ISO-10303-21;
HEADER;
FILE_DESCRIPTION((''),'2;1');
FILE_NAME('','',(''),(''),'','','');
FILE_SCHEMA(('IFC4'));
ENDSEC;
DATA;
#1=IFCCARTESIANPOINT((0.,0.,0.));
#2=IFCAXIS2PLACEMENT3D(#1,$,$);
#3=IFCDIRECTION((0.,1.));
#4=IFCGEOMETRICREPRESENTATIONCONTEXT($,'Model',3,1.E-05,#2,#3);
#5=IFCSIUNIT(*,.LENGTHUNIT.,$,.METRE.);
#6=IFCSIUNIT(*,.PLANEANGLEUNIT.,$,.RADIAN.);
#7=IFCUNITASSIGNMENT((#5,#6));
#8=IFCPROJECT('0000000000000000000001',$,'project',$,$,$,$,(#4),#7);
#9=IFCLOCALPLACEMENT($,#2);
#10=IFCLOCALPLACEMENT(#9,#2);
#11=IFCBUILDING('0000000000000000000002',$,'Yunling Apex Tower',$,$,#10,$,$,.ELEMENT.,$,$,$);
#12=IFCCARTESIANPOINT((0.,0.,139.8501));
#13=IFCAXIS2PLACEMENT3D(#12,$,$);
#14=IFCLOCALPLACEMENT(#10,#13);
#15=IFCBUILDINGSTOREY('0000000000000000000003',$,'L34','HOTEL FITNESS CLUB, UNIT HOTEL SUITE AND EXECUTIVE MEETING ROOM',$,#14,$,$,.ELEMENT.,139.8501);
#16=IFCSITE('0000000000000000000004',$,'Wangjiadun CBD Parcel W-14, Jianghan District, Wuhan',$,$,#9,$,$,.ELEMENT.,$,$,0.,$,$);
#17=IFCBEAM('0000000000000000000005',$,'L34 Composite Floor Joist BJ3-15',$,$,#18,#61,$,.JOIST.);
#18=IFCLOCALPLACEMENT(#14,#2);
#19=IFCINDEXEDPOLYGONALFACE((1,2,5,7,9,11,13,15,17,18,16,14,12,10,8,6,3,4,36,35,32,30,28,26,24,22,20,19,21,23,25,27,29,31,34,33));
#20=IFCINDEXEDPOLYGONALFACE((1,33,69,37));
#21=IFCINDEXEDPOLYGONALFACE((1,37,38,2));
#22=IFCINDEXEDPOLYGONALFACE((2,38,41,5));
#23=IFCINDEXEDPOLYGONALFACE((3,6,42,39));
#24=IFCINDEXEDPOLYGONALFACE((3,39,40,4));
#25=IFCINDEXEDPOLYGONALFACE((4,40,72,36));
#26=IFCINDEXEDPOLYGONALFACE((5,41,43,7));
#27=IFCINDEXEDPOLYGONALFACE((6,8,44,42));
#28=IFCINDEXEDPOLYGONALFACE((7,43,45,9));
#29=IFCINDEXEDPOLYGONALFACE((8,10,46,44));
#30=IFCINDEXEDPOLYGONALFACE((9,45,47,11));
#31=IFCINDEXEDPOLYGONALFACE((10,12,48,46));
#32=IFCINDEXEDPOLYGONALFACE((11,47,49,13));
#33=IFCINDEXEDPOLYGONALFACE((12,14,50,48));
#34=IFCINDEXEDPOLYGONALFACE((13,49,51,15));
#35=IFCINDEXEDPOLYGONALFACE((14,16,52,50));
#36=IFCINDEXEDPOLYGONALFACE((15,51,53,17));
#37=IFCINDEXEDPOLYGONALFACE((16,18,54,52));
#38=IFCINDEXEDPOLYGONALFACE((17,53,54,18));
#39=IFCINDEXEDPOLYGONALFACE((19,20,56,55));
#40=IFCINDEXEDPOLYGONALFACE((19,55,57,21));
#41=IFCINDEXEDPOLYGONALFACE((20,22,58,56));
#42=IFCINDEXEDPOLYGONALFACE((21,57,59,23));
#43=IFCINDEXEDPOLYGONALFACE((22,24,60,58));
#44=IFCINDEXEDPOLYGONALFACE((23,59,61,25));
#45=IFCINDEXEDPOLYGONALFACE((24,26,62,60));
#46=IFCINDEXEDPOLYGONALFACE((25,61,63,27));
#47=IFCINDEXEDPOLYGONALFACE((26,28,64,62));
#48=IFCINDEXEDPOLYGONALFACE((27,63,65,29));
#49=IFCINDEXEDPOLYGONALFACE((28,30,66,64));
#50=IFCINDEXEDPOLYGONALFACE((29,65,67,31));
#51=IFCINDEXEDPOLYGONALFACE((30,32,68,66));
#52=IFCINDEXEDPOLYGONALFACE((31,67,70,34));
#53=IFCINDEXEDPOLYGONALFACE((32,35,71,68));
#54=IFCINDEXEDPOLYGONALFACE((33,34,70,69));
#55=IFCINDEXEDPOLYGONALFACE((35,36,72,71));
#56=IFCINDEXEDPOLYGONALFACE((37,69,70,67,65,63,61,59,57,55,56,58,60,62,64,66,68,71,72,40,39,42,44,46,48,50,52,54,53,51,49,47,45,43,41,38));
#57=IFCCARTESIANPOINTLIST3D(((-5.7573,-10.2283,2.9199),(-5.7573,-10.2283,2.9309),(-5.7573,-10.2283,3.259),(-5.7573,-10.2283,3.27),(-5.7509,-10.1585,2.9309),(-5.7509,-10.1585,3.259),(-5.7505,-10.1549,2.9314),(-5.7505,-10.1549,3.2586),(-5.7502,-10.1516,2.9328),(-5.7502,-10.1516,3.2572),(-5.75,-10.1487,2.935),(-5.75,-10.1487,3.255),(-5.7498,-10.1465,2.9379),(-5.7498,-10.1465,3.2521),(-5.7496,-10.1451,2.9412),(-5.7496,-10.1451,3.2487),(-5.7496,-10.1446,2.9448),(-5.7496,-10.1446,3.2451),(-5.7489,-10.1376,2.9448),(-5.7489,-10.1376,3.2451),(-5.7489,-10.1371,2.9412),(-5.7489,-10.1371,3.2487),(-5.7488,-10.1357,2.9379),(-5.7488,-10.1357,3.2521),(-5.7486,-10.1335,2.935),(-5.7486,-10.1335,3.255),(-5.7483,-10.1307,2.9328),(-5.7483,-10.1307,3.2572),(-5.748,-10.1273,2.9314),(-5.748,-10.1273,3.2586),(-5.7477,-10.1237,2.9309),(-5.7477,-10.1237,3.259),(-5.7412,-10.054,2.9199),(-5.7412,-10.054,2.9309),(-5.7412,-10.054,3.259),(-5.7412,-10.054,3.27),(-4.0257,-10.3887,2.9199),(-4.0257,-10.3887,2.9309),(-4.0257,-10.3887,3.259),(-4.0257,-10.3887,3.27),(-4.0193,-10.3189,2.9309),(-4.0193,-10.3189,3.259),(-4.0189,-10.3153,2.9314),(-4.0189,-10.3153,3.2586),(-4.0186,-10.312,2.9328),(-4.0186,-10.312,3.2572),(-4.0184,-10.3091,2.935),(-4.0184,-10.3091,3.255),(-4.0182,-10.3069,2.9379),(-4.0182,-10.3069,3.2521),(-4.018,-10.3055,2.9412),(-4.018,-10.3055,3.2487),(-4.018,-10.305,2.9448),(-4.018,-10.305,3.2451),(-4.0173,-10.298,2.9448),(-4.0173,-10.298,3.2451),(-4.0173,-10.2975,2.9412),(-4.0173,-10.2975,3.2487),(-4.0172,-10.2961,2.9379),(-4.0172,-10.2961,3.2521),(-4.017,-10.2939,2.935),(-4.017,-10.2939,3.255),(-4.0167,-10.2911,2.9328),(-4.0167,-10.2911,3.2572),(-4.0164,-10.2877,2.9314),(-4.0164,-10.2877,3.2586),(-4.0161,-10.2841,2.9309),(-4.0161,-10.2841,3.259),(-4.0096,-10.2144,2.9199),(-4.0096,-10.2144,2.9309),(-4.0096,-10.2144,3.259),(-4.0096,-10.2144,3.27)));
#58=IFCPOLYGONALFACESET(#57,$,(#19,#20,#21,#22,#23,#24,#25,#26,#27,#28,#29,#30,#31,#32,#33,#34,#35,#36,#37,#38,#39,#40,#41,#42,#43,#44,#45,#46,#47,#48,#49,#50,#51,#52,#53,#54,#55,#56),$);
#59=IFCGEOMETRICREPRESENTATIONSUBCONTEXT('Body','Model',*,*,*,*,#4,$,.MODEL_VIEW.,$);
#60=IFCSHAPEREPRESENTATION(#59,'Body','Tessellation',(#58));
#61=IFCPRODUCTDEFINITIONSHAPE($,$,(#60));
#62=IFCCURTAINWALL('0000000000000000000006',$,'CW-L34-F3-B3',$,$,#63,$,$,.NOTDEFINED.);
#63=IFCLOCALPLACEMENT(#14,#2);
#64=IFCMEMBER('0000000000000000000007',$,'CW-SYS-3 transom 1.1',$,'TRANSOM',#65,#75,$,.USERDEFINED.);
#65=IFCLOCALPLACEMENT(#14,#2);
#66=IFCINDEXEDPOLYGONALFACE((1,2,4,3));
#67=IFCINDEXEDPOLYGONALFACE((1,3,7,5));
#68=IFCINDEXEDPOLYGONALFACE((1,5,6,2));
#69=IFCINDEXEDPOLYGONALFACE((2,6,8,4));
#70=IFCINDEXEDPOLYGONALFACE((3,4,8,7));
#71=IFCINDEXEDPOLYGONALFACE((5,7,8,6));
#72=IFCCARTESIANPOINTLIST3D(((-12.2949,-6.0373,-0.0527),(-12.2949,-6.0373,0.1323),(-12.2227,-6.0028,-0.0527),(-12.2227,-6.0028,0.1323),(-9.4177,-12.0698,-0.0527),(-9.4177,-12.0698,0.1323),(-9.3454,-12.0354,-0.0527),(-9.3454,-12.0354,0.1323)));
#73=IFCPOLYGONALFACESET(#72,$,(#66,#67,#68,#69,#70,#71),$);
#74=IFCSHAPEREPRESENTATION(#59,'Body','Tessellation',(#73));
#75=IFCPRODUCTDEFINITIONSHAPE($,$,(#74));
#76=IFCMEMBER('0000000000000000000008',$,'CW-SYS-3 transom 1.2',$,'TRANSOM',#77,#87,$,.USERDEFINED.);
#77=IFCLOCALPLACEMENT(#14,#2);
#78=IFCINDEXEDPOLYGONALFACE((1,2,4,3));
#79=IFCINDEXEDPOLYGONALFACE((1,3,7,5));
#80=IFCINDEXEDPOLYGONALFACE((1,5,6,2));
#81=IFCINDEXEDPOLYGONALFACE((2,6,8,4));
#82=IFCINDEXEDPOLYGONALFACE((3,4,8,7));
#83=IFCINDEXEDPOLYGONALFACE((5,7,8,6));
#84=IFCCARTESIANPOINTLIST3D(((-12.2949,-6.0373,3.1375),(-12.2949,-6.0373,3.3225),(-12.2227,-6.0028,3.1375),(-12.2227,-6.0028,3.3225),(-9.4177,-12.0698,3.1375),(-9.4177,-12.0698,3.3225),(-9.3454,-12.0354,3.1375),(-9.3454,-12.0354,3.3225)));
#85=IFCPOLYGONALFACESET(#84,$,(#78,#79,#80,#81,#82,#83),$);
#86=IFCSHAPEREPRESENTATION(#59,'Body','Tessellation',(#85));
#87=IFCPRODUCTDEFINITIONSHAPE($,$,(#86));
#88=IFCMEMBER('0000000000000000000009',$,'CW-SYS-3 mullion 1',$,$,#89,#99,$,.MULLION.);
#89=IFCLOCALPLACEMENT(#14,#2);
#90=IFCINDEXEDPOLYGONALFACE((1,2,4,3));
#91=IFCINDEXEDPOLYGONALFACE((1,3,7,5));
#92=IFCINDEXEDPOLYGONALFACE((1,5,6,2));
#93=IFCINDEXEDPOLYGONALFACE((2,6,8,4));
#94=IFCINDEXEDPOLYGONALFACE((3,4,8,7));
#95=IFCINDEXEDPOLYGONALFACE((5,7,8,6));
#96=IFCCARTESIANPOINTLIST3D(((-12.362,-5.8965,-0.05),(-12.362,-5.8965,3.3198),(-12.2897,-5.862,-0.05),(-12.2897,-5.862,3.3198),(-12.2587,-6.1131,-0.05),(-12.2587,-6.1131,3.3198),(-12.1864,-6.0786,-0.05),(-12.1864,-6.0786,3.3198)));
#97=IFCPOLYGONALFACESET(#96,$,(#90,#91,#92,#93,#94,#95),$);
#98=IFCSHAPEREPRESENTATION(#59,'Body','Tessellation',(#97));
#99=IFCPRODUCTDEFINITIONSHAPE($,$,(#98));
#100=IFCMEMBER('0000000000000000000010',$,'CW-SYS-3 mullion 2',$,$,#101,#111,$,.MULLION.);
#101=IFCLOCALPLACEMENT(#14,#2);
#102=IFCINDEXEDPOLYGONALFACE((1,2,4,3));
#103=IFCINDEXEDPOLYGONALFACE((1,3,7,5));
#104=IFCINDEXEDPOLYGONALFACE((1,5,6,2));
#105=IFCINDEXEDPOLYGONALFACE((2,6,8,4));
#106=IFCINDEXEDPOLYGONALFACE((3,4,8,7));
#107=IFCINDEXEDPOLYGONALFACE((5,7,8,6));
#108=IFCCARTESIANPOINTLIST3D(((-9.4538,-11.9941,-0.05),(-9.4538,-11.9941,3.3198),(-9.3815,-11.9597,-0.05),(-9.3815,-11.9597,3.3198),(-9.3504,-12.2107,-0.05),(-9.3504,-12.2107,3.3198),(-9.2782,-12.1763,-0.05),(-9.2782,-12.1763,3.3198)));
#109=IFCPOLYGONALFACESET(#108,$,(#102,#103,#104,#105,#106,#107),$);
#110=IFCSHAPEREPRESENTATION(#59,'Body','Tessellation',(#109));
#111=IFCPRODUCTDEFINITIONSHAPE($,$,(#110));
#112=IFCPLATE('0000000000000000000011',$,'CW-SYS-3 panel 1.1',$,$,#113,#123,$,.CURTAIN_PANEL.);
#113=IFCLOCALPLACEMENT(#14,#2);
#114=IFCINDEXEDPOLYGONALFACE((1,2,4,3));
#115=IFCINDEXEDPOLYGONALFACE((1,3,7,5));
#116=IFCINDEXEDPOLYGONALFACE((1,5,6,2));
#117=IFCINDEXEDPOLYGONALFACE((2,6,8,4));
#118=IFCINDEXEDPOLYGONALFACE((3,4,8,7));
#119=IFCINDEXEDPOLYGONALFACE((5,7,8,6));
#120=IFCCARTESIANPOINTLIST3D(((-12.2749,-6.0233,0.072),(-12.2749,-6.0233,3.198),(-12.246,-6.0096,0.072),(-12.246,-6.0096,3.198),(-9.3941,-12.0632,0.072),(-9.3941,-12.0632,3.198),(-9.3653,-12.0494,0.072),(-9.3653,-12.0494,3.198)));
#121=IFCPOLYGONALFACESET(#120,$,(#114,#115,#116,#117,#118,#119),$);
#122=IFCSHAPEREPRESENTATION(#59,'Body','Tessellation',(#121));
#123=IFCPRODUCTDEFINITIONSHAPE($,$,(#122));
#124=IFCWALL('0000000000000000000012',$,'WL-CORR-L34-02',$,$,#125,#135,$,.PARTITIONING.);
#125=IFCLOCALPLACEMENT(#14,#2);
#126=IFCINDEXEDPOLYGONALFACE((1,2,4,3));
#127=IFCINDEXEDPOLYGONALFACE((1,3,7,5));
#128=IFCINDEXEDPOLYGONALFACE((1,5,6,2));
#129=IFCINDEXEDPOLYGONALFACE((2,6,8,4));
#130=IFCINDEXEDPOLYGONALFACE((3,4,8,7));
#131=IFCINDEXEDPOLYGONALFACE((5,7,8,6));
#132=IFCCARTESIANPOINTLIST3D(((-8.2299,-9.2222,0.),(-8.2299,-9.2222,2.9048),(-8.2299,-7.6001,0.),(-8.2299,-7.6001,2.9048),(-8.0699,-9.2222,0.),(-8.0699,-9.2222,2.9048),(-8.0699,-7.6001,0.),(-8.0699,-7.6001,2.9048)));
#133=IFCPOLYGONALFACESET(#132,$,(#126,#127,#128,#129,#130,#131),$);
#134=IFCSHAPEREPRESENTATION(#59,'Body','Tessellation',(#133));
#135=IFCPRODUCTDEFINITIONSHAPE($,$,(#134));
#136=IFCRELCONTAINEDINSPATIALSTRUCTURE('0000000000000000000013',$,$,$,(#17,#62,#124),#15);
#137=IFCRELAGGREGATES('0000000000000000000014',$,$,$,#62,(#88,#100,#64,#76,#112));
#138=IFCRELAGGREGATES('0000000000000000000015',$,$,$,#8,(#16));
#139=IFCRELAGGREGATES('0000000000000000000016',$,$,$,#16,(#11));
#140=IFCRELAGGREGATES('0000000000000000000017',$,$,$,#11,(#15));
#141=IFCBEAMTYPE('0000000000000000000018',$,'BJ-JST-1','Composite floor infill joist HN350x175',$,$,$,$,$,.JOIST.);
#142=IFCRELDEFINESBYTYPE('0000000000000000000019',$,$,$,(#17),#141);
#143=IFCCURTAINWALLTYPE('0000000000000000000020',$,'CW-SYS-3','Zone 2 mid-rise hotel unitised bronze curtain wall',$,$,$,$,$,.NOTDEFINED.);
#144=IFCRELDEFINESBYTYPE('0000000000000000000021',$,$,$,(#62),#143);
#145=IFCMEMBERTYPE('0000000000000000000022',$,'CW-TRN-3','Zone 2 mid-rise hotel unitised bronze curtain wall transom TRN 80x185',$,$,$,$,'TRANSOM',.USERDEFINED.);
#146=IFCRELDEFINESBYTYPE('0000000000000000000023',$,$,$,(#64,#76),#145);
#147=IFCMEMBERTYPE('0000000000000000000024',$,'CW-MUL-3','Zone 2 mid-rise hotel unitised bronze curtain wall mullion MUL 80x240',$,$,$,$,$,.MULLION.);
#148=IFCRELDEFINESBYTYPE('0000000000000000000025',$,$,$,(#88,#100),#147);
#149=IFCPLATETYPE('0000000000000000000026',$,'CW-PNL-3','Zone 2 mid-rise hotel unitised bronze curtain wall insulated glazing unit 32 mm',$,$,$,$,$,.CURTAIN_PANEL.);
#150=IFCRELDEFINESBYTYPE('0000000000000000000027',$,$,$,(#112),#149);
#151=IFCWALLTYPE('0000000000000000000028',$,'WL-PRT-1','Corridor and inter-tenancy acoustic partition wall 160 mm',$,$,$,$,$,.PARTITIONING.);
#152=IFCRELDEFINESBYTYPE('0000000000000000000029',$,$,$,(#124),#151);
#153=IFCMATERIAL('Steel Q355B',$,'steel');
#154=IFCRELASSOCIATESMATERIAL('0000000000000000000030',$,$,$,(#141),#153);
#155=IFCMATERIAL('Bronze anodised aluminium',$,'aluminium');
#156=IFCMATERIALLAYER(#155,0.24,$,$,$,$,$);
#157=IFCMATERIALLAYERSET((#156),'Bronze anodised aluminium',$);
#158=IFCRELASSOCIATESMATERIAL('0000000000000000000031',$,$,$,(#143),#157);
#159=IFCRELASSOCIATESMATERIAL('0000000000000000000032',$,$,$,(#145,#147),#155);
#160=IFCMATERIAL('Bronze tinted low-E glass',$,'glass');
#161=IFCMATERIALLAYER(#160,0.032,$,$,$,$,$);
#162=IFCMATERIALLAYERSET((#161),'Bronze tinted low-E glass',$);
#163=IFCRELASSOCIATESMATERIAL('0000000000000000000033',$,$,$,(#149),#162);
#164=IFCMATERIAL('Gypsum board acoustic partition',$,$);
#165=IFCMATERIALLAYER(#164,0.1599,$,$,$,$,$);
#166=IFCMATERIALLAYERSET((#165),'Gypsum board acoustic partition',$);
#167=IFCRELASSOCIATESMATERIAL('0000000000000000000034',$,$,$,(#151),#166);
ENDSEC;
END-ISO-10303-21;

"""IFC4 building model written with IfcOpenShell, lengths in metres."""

from ifc_helpers import new_model, si_unit, direction, frame, frame_2d, origin, origin_2d, place, context, subcontext, project, spatial, rectangle, i_section, extrude, source, transform, mapped, material, layer, layer_set, material_profile, profile_set, type_object, element, aggregate, save


model = new_model("IFC4")

# Units and contexts
model_context = context("Model", 3, precision=1e-05, world=origin(), true_north=direction((0.0, 1.0)))
body_context = subcontext(model_context, "Body", "Model", "MODEL_VIEW")
ifc_project = project(units=[si_unit("LENGTHUNIT", "METRE"), si_unit("PLANEANGLEUNIT", "RADIAN")], contexts=[model_context])

# Site, building, storey
site_placement = place(None, origin())
site = spatial("IfcSite", under=ifc_project, at=site_placement, Name="Wangjiadun CBD Parcel W-14, Jianghan District, Wuhan", CompositionType="ELEMENT", RefElevation=0.0)
building_placement = place(site_placement, origin())
building = spatial("IfcBuilding", under=site, at=building_placement, Name="Yunling Apex Tower", CompositionType="ELEMENT")
storey_placement = place(building_placement, frame((0.0, 0.0, 139.8501)))
storey = spatial("IfcBuildingStorey", under=building, at=storey_placement, Name="L34", Description="HOTEL FITNESS CLUB, UNIT HOTEL SUITE AND EXECUTIVE MEETING ROOM", CompositionType="ELEMENT", Elevation=139.8501)

# Beam
ifc_material_1 = material(Name="Steel Q355B", Category="steel")
ifc_material_profile_1 = material_profile(ifc_material_1, i_section(OverallWidth=0.175, OverallDepth=0.3501, WebThickness=0.0071, FlangeThickness=0.011, FilletRadius=0.0139, at=origin_2d()))
ifc_profile_set_1 = profile_set([ifc_material_profile_1], Name="Steel Q355B")
beam_type_1 = type_object("IfcBeamType", Name="BJ-JST-1", Description="Composite floor infill joist HN350x175", PredefinedType="JOIST", material=ifc_profile_set_1)
shared_shape_1 = source(origin(), body_context, "Body", "SweptSolid", [
    extrude(i_section(OverallWidth=0.175, OverallDepth=0.3501, WebThickness=0.0071, FlangeThickness=0.011, FilletRadius=0.0139, at=origin_2d()), origin(), (0.0, 0.0, 1.0), 1.739),
])
beam_1_placement = place(storey_placement, frame((-5.7493, -10.1411, 3.095), z_axis=(0.995738, -0.092232, 0.0), x_axis=(0.092232, 0.995738, 0.0)))
element("IfcBeam", 1, at=beam_1_placement, inside=storey, type_object=beam_type_1, Name="L34 Composite Floor Joist BJ3-15", PredefinedType="JOIST", context=body_context, shape_type="MappedRepresentation", body=[
    mapped(shared_shape_1, transform((0.0, 0.0, 0.0), scale=1.0)),
])

# Curtain wall, members, plate
ifc_material_2 = material(Name="Bronze anodised aluminium", Category="aluminium")
ifc_layer_1 = layer(ifc_material_2, 0.24)
ifc_layer_set_1 = layer_set([ifc_layer_1], Name="Bronze anodised aluminium")
curtain_wall_type = type_object("IfcCurtainWallType", Name="CW-SYS-3", Description="Zone 2 mid-rise hotel unitised bronze curtain wall", PredefinedType="NOTDEFINED", material=ifc_layer_set_1)
curtain_wall_placement = place(storey_placement, origin())
curtain_wall = element("IfcCurtainWall", 2, at=curtain_wall_placement, inside=storey, type_object=curtain_wall_type, Name="CW-L34-F3-B3", PredefinedType="NOTDEFINED")
ifc_material_profile_2 = material_profile(ifc_material_2, rectangle(XDim=0.0801, YDim=0.1851, at=origin_2d()))
ifc_profile_set_2 = profile_set([ifc_material_profile_2], Name="Bronze anodised aluminium")
member_type_1 = type_object("IfcMemberType", Name="CW-TRN-3", Description="Zone 2 mid-rise hotel unitised bronze curtain wall transom TRN 80x185", ElementType="TRANSOM", PredefinedType="USERDEFINED", material=ifc_profile_set_2)
shared_shape_2 = source(origin(), body_context, "Body", "SweptSolid", [
    extrude(rectangle(XDim=0.0801, YDim=0.1851, at=origin_2d()), origin(), (0.0, 0.0, 1.0), 6.6836),
])
member_1_placement = place(storey_placement, frame((-12.2588, -6.02, 0.0398), z_axis=(0.430494, -0.902594, 0.0), x_axis=(0.902594, 0.430494, 0.0)))
member_1 = element("IfcMember", 3, at=member_1_placement, type_object=member_type_1, Name="CW-SYS-3 transom 1.1", ObjectType="TRANSOM", PredefinedType="USERDEFINED", context=body_context, shape_type="MappedRepresentation", body=[
    mapped(shared_shape_2, transform((0.0, 0.0, 0.0), scale=1.0)),
])
member_2_placement = place(storey_placement, frame((-12.2588, -6.02, 3.23), z_axis=(0.430494, -0.902594, 0.0), x_axis=(0.902594, 0.430494, 0.0)))
member_2 = element("IfcMember", 4, at=member_2_placement, type_object=member_type_1, Name="CW-SYS-3 transom 1.2", ObjectType="TRANSOM", PredefinedType="USERDEFINED", context=body_context, shape_type="MappedRepresentation", body=[
    mapped(shared_shape_2, transform((0.0, 0.0, 0.0), scale=1.0)),
])
ifc_material_profile_3 = material_profile(ifc_material_2, rectangle(XDim=0.0801, YDim=0.24, at=origin_2d()))
ifc_profile_set_3 = profile_set([ifc_material_profile_3], Name="Bronze anodised aluminium")
member_type_2 = type_object("IfcMemberType", Name="CW-MUL-3", Description="Zone 2 mid-rise hotel unitised bronze curtain wall mullion MUL 80x240", PredefinedType="MULLION", material=ifc_profile_set_3)
shared_shape_3 = source(origin(), body_context, "Body", "SweptSolid", [
    extrude(rectangle(XDim=0.0801, YDim=0.24, at=origin_2d()), origin(), (0.0, 0.0, 1.0), 3.3699),
])
member_3_placement = place(storey_placement, frame((-12.2742, -5.9875, -0.05), z_axis=(0.0, 0.0, 1.0), x_axis=(0.902593, 0.430494, 0.0)))
member_3 = element("IfcMember", 5, at=member_3_placement, type_object=member_type_2, Name="CW-SYS-3 mullion 1", PredefinedType="MULLION", context=body_context, shape_type="MappedRepresentation", body=[
    mapped(shared_shape_3, transform((0.0, 0.0, 0.0), scale=1.0)),
])
member_4_placement = place(storey_placement, frame((-9.366, -12.0852, -0.05), z_axis=(0.0, 0.0, 1.0), x_axis=(0.902593, 0.430494, 0.0)))
member_4 = element("IfcMember", 6, at=member_4_placement, type_object=member_type_2, Name="CW-SYS-3 mullion 2", PredefinedType="MULLION", context=body_context, shape_type="MappedRepresentation", body=[
    mapped(shared_shape_3, transform((0.0, 0.0, 0.0), scale=1.0)),
])
ifc_material_3 = material(Name="Bronze tinted low-E glass", Category="glass")
ifc_layer_2 = layer(ifc_material_3, 0.032)
ifc_layer_set_2 = layer_set([ifc_layer_2], Name="Bronze tinted low-E glass")
plate_type = type_object("IfcPlateType", Name="CW-PNL-3", Description="Zone 2 mid-rise hotel unitised bronze curtain wall insulated glazing unit 32 mm", PredefinedType="CURTAIN_PANEL", material=ifc_layer_set_2)
shared_shape_4 = source(origin(), body_context, "Body", "SweptSolid", [
    extrude(rectangle(XDim=6.6917, YDim=0.032, at=origin_2d()), origin(), (0.0, 0.0, 1.0), 3.126),
])
plate_placement = place(storey_placement, frame((-10.8201, -9.0364, 0.072), z_axis=(0.0, 0.0, 1.0), x_axis=(0.430494, -0.902593, 0.0)))
plate = element("IfcPlate", 7, at=plate_placement, type_object=plate_type, Name="CW-SYS-3 panel 1.1", PredefinedType="CURTAIN_PANEL", context=body_context, shape_type="MappedRepresentation", body=[
    mapped(shared_shape_4, transform((0.0, 0.0, 0.0), scale=1.0)),
])
aggregate(curtain_wall, [member_3, member_4, member_1, member_2, plate])

# Wall
ifc_material_4 = material(Name="Gypsum board acoustic partition")
ifc_layer_3 = layer(ifc_material_4, 0.1599)
ifc_layer_set_3 = layer_set([ifc_layer_3], Name="Gypsum board acoustic partition")
wall_type_1 = type_object("IfcWallType", Name="WL-PRT-1", Description="Corridor and inter-tenancy acoustic partition wall 160 mm", PredefinedType="PARTITIONING", material=ifc_layer_set_3)
wall_1_placement = place(storey_placement, frame((-8.1499, -9.2222, 0.0), z_axis=(0.0, 0.0, 1.0), x_axis=(0.0, 1.0, 0.0)))
element("IfcWall", 8, at=wall_1_placement, inside=storey, type_object=wall_type_1, Name="WL-CORR-L34-02", PredefinedType="PARTITIONING", context=body_context, shape_type="SweptSolid", body=[
    extrude(rectangle(XDim=1.6221, YDim=0.1599, at=frame_2d((0.811, 0.0))), origin(), (0.0, 0.0, 1.0), 2.9048),
])

save(model, "model.ifc")
